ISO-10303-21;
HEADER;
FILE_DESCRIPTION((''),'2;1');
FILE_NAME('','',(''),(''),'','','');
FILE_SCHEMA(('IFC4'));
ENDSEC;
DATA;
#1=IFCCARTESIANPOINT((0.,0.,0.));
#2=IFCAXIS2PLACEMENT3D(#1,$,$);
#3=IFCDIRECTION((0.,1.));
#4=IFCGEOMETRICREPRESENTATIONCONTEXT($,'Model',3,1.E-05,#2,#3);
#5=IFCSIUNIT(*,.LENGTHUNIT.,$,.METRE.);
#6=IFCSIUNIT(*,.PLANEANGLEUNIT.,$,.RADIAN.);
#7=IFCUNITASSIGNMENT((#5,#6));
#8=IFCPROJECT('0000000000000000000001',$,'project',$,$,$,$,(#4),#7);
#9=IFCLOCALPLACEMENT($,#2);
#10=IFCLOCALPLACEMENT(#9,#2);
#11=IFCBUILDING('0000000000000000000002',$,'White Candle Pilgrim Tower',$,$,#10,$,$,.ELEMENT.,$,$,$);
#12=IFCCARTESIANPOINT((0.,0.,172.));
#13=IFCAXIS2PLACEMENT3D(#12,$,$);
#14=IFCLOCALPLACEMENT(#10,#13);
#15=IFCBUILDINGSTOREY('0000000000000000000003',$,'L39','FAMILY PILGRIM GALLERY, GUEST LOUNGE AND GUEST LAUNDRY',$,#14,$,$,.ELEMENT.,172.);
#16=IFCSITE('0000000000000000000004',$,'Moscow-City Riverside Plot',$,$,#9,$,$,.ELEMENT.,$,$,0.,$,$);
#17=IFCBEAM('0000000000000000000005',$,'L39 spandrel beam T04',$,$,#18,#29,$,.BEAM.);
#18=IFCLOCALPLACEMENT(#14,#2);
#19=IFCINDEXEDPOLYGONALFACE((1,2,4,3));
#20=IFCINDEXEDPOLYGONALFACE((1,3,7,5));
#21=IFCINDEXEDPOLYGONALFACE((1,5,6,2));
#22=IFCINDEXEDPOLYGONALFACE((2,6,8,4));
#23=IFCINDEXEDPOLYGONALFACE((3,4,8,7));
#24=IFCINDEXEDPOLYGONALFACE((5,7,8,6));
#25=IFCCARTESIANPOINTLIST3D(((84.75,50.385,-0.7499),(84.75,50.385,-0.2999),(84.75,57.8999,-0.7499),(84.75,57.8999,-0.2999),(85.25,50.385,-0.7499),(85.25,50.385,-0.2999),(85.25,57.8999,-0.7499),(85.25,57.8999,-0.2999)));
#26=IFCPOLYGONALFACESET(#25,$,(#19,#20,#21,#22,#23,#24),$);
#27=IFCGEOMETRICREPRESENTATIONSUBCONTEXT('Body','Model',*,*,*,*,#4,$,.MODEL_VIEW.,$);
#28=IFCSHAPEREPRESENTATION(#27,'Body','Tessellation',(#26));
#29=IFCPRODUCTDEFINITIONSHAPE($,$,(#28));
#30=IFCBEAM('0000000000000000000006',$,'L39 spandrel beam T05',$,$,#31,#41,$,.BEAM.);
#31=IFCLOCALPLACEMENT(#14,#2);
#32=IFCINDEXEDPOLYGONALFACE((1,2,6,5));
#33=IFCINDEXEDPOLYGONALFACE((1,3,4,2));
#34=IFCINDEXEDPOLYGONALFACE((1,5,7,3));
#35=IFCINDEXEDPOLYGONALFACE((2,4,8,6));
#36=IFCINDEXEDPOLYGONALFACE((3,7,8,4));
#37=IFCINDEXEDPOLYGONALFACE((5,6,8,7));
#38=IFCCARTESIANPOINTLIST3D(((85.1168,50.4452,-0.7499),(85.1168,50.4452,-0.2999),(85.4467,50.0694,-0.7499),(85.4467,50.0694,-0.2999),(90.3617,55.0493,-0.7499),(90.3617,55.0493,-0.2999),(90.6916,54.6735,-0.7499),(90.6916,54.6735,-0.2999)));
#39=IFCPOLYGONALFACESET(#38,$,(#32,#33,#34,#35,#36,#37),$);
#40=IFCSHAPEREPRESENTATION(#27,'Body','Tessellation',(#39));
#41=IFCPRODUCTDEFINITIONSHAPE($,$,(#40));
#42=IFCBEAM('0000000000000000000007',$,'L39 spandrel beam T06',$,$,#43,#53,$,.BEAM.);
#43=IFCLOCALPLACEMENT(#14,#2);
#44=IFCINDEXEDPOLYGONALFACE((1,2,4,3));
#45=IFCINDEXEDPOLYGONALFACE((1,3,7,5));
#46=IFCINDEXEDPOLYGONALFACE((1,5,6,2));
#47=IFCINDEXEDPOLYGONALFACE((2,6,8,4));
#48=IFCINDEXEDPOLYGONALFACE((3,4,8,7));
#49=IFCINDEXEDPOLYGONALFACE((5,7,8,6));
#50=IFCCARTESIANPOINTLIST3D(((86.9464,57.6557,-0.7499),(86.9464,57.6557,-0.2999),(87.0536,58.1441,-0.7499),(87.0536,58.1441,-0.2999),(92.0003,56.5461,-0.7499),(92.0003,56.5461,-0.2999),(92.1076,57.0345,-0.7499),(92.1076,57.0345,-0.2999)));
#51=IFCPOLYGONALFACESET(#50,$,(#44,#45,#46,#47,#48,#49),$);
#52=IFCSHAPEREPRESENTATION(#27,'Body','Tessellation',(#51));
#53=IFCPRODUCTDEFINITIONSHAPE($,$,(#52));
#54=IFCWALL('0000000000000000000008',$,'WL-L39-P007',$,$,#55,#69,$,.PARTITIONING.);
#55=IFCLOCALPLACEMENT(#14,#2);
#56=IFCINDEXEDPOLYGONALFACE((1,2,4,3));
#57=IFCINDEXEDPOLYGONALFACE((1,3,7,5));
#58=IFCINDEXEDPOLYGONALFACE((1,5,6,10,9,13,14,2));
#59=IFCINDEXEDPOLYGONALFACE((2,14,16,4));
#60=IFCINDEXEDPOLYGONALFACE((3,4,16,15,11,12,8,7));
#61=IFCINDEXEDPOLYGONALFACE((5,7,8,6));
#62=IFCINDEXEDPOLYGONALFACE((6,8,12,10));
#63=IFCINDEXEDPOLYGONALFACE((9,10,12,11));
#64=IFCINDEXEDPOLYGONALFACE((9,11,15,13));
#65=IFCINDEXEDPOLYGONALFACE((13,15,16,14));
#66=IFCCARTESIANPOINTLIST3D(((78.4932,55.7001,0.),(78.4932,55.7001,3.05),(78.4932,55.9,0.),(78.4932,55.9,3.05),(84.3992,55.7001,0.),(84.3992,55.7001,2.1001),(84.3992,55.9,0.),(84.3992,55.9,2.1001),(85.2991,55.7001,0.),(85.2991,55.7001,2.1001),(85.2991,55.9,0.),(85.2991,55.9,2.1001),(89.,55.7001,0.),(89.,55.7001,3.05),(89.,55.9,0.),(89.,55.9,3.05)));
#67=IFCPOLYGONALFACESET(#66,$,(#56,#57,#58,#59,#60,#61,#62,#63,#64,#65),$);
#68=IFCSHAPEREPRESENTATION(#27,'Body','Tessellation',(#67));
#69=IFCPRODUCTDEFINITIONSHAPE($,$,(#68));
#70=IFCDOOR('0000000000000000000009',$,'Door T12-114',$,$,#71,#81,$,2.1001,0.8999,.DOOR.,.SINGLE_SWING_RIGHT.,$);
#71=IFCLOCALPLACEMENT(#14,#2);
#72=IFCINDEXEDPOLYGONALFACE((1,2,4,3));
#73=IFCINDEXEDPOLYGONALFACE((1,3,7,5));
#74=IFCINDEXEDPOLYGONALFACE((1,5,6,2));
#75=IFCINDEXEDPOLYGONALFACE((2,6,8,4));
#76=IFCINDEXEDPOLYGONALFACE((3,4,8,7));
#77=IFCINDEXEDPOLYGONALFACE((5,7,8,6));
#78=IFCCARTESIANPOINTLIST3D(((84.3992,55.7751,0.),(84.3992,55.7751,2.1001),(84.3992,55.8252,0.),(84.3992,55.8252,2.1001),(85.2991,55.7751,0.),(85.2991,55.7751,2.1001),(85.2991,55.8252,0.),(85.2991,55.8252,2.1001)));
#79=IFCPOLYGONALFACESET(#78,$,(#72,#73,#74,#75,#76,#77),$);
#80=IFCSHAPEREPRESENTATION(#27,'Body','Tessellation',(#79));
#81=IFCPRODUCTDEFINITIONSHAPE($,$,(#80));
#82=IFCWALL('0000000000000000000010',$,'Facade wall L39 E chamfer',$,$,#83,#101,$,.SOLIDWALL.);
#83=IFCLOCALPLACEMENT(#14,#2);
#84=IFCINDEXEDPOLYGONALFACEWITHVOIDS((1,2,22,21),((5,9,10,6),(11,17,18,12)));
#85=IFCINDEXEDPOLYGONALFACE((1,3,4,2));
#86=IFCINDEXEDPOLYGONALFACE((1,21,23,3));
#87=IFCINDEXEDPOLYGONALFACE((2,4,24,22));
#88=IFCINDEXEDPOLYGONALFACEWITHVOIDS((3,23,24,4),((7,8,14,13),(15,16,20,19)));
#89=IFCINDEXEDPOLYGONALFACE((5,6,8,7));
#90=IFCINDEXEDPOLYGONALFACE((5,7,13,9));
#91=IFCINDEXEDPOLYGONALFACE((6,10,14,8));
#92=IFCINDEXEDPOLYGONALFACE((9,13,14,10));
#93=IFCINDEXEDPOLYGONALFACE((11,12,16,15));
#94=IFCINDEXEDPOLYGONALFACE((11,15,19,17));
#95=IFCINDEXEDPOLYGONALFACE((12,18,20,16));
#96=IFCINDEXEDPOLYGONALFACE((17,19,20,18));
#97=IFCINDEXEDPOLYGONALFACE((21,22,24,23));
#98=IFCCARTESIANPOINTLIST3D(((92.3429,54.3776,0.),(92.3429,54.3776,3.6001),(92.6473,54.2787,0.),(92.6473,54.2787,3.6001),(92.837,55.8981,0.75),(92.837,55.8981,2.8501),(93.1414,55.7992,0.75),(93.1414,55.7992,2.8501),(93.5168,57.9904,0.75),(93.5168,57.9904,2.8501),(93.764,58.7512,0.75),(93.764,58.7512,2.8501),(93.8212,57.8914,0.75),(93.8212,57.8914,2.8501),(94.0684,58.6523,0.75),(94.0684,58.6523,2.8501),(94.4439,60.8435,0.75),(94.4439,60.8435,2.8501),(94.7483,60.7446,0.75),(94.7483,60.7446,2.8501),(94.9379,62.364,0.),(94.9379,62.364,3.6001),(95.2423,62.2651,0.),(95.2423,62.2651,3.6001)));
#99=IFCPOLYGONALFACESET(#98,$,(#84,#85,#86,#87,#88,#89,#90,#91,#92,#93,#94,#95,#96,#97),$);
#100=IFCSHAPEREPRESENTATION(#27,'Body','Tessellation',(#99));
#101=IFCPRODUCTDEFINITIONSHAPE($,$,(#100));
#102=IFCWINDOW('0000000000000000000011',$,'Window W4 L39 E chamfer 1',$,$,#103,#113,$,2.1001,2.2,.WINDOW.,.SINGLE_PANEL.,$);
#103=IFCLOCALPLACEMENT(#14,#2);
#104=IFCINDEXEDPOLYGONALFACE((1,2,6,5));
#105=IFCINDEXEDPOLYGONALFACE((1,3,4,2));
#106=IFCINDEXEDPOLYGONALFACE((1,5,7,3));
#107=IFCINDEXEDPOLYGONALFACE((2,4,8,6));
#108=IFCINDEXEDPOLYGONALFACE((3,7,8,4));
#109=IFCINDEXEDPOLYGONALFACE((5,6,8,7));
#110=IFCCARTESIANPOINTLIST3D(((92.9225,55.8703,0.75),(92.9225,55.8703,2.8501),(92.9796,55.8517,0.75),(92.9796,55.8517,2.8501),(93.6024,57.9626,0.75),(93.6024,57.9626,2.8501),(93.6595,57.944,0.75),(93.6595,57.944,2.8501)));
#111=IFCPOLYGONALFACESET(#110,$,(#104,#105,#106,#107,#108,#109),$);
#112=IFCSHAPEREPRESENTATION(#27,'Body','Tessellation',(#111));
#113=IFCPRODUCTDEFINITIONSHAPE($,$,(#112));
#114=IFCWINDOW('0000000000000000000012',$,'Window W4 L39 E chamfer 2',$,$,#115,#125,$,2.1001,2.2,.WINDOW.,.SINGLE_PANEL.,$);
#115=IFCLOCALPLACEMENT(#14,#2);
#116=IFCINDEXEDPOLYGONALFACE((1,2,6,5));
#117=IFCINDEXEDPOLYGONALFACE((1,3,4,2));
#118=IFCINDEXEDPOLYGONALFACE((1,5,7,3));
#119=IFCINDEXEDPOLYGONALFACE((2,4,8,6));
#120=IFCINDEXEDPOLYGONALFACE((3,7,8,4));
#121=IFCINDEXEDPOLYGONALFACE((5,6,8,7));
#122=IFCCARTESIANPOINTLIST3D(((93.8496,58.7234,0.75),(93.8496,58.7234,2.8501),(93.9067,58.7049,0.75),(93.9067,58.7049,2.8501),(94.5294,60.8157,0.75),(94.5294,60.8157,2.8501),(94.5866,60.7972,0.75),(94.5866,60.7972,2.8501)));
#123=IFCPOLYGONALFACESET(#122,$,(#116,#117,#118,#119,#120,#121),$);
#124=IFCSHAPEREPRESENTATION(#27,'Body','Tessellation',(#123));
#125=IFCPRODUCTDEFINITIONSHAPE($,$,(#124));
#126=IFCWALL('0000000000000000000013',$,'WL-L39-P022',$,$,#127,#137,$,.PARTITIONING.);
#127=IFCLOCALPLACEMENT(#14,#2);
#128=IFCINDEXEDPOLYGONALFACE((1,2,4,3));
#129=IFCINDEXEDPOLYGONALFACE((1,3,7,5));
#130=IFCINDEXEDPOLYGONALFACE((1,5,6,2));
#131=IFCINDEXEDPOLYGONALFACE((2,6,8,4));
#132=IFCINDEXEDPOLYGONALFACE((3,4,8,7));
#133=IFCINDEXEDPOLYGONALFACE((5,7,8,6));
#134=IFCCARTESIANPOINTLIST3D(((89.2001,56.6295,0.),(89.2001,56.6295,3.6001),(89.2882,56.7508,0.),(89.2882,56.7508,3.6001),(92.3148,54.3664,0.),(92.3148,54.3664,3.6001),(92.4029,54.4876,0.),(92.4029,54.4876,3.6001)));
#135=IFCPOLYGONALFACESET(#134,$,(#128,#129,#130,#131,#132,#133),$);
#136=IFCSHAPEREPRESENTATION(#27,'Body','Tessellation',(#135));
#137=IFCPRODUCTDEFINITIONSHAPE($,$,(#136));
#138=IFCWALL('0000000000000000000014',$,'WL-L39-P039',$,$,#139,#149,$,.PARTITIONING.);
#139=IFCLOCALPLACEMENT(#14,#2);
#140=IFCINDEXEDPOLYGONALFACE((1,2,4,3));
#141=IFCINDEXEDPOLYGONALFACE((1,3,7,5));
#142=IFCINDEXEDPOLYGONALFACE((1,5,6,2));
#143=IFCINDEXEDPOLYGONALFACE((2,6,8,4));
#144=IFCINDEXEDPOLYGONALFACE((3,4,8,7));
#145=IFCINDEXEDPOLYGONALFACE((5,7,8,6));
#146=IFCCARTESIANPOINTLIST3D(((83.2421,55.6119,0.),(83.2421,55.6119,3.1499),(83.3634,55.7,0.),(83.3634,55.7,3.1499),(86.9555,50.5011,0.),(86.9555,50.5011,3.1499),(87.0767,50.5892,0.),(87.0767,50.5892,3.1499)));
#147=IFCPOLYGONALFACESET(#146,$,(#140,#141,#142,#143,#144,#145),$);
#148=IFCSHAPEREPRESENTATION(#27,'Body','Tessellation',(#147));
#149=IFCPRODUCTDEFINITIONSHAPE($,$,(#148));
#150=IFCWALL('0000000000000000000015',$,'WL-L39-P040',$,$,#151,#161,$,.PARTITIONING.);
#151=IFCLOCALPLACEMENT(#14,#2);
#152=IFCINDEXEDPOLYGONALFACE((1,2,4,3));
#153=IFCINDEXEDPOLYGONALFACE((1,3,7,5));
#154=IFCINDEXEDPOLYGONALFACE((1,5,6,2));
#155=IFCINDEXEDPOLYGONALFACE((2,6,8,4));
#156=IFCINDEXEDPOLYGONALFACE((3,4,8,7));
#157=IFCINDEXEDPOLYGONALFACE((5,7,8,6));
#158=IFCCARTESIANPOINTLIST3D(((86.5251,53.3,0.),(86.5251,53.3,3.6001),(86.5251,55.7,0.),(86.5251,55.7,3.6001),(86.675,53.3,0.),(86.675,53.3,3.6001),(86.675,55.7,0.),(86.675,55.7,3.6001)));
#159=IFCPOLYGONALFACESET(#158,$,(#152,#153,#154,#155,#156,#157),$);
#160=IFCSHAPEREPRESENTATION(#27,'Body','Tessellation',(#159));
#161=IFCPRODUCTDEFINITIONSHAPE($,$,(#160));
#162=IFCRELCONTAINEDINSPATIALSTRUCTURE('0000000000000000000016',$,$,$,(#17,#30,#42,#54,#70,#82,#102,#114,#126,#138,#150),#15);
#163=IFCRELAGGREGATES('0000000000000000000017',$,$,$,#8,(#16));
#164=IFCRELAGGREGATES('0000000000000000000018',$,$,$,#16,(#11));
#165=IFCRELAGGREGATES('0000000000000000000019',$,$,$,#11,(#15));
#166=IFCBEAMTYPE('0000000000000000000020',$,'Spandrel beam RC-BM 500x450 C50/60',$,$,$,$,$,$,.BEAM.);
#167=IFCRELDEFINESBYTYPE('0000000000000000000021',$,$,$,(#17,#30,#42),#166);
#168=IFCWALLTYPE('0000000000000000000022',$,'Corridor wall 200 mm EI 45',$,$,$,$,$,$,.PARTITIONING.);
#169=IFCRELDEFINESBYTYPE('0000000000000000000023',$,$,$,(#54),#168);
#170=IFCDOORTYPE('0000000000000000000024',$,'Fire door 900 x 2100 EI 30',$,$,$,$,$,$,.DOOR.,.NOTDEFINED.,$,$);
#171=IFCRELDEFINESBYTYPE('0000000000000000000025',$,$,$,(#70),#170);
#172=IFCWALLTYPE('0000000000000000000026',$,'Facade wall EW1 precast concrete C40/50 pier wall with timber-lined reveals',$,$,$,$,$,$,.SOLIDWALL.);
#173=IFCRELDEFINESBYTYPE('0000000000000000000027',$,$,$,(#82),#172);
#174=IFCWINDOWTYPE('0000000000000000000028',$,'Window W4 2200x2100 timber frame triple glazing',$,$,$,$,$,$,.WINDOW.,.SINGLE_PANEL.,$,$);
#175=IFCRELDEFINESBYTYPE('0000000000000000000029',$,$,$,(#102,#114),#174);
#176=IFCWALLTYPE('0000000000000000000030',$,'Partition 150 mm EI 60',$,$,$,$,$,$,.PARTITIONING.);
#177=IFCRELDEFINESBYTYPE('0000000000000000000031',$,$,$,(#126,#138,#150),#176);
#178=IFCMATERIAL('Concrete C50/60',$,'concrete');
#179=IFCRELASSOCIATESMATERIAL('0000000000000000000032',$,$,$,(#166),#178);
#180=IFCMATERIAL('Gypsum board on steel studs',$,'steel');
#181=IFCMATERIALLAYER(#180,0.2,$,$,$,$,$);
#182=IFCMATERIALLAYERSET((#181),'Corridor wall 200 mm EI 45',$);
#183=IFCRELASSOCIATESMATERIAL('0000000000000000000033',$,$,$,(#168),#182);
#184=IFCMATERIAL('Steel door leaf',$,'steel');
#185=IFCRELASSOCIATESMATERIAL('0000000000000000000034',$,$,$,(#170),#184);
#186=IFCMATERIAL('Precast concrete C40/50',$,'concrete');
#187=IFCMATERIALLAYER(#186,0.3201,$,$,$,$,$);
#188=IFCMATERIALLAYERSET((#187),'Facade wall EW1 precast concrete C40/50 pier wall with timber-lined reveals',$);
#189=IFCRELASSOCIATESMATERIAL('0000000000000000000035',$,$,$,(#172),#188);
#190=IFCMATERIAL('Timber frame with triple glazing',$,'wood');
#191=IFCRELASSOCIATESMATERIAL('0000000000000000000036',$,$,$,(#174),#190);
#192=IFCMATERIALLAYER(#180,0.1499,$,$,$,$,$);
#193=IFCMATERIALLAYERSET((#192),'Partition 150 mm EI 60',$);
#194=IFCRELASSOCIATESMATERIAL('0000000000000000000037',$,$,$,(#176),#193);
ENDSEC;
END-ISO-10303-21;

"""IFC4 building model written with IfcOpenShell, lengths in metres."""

from ifc_helpers import new_model, si_unit, direction, frame, frame_2d, origin, origin_2d, place, context, subcontext, project, spatial, rectangle, extrude, material, layer, layer_set, material_profile, profile_set, type_object, element, fill, save


model = new_model("IFC4")

# Units and contexts
model_context = context("Model", 3, precision=1e-05, world=origin(), true_north=direction((0.0, 1.0)))
body_context = subcontext(model_context, "Body", "Model", "MODEL_VIEW")
ifc_project = project(units=[si_unit("LENGTHUNIT", "METRE"), si_unit("PLANEANGLEUNIT", "RADIAN")], contexts=[model_context])

# Site, building, storey
site_placement = place(None, origin())
site = spatial("IfcSite", under=ifc_project, at=site_placement, Name="Moscow-City Riverside Plot", CompositionType="ELEMENT", RefElevation=0.0)
building_placement = place(site_placement, origin())
building = spatial("IfcBuilding", under=site, at=building_placement, Name="White Candle Pilgrim Tower", CompositionType="ELEMENT")
storey_placement = place(building_placement, frame((0.0, 0.0, 172.0)))
storey = spatial("IfcBuildingStorey", under=building, at=storey_placement, Name="L39", Description="FAMILY PILGRIM GALLERY, GUEST LOUNGE AND GUEST LAUNDRY", CompositionType="ELEMENT", Elevation=172.0)

# Beams
ifc_material_1 = material(Name="Concrete C50/60", Category="concrete")
ifc_material_profile_1 = material_profile(ifc_material_1, rectangle(XDim=0.5, YDim=0.45, at=origin_2d()), Name="RC-BM 500x450")
ifc_profile_set_1 = profile_set([ifc_material_profile_1], Name="Concrete C50/60")
beam_type = type_object("IfcBeamType", Name="Spandrel beam RC-BM 500x450 C50/60", PredefinedType="BEAM", material=ifc_profile_set_1)
beam_1_placement = place(storey_placement, frame((85.0, 50.385, -0.5249), z_axis=(0.0, 1.0, 0.0), x_axis=(-1.0, 0.0, 0.0)))
element("IfcBeam", 1, at=beam_1_placement, inside=storey, type_object=beam_type, Name="L39 spandrel beam T04", PredefinedType="BEAM", context=body_context, shape_type="SweptSolid", body=[
    extrude(rectangle(XDim=0.5, YDim=0.45, at=origin_2d()), origin(), (0.0, 0.0, 1.0), 7.5149),
])
beam_2_placement = place(storey_placement, frame((85.2817, 50.2573, -0.5249), z_axis=(0.751529, 0.6597, 0.0), x_axis=(-0.6597, 0.751529, 0.0)))
element("IfcBeam", 2, at=beam_2_placement, inside=storey, type_object=beam_type, Name="L39 spandrel beam T05", PredefinedType="BEAM", context=body_context, shape_type="SweptSolid", body=[
    extrude(rectangle(XDim=0.5, YDim=0.45, at=origin_2d()), origin(), (0.0, 0.0, 1.0), 6.979),
])
beam_3_placement = place(storey_placement, frame((92.054, 56.7903, -0.5249), z_axis=(-0.976736, 0.214447, 0.0), x_axis=(-0.214447, -0.976736, 0.0)))
element("IfcBeam", 3, at=beam_3_placement, inside=storey, type_object=beam_type, Name="L39 spandrel beam T06", PredefinedType="BEAM", context=body_context, shape_type="SweptSolid", body=[
    extrude(rectangle(XDim=0.5, YDim=0.45, at=origin_2d()), origin(), (0.0, 0.0, 1.0), 5.1743),
])

# Wall, opening, door
ifc_material_2 = material(Name="Gypsum board on steel studs", Category="steel")
ifc_layer_1 = layer(ifc_material_2, 0.2)
ifc_layer_set_1 = layer_set([ifc_layer_1], Name="Corridor wall 200 mm EI 45")
wall_type_1 = type_object("IfcWallType", Name="Corridor wall 200 mm EI 45", PredefinedType="PARTITIONING", material=ifc_layer_set_1)
wall_1_placement = place(storey_placement, frame((89.0, 55.8, 0.0), z_axis=(0.0, 0.0, 1.0), x_axis=(-1.0, 0.0, 0.0)))
wall_1 = element("IfcWall", 4, at=wall_1_placement, inside=storey, type_object=wall_type_1, Name="WL-L39-P007", PredefinedType="PARTITIONING", context=body_context, shape_type="SweptSolid", body=[
    extrude(rectangle(XDim=10.5068, YDim=0.2, at=frame_2d((5.2534, 0.0))), origin(), (0.0, 0.0, 1.0), 3.05),
])
opening_1_placement = place(wall_1_placement, frame((3.7009, 0.0, 0.0)))
opening_1 = element("IfcOpeningElement", 5, at=opening_1_placement, cuts=wall_1, PredefinedType="OPENING", context=body_context, shape_type="SweptSolid", body=[
    extrude(rectangle(XDim=0.8999, YDim=2.1001, at=frame_2d((0.45, 1.05))), frame((0.0, 0.1099, 0.0), z_axis=(0.0, -1.0, 0.0), x_axis=(1.0, 0.0, 0.0)), (0.0, 0.0, 1.0), 0.22),
])
ifc_material_3 = material(Name="Steel door leaf", Category="steel")
door_type_1 = type_object("IfcDoorType", Name="Fire door 900 x 2100 EI 30", OperationType="NOTDEFINED", PredefinedType="DOOR", material=ifc_material_3)
door_1_placement = place(opening_1_placement, origin())
door_1 = element("IfcDoor", 6, at=door_1_placement, inside=storey, type_object=door_type_1, Name="Door T12-114", OperationType="SINGLE_SWING_RIGHT", OverallHeight=2.1001, OverallWidth=0.8999, PredefinedType="DOOR", context=body_context, shape_type="SweptSolid", body=[
    extrude(rectangle(XDim=0.8999, YDim=2.1001, at=frame_2d((0.45, 1.05))), frame((0.0, 0.0249, 0.0), z_axis=(0.0, -1.0, 0.0), x_axis=(1.0, 0.0, 0.0)), (0.0, 0.0, 1.0), 0.05),
])
fill(opening_1, door_1)

# Wall, openings, windows
ifc_material_4 = material(Name="Precast concrete C40/50", Category="concrete")
ifc_layer_2 = layer(ifc_material_4, 0.3201)
ifc_layer_set_2 = layer_set([ifc_layer_2], Name="Facade wall EW1 precast concrete C40/50 pier wall with timber-lined reveals")
wall_type_2 = type_object("IfcWallType", Name="Facade wall EW1 precast concrete C40/50 pier wall with timber-lined reveals", PredefinedType="SOLIDWALL", material=ifc_layer_set_2)
wall_2_placement = place(storey_placement, frame((92.4951, 54.3281, 0.0), z_axis=(0.0, 0.0, 1.0), x_axis=(0.309023, 0.951055, 0.0)))
wall_2 = element("IfcWall", 7, at=wall_2_placement, inside=storey, type_object=wall_type_2, Name="Facade wall L39 E chamfer", PredefinedType="SOLIDWALL", context=body_context, shape_type="SweptSolid", body=[
    extrude(rectangle(XDim=8.3975, YDim=0.3201, at=frame_2d((4.1987, 0.0))), origin(), (0.0, 0.0, 1.0), 3.6001),
])
opening_2_placement = place(wall_2_placement, frame((1.5986, 0.0, 0.75)))
opening_2 = element("IfcOpeningElement", 8, at=opening_2_placement, cuts=wall_2, PredefinedType="OPENING", context=body_context, shape_type="SweptSolid", body=[
    extrude(rectangle(XDim=2.2, YDim=2.1001, at=frame_2d((1.1001, 1.05))), frame((0.0, 0.1699, 0.0), z_axis=(0.0, -1.0, 0.0), x_axis=(1.0, 0.0, 0.0)), (0.0, 0.0, 1.0), 0.3401),
])
opening_3_placement = place(wall_2_placement, frame((4.5986, 0.0, 0.75)))
opening_3 = element("IfcOpeningElement", 9, at=opening_3_placement, cuts=wall_2, PredefinedType="OPENING", context=body_context, shape_type="SweptSolid", body=[
    extrude(rectangle(XDim=2.2, YDim=2.1001, at=frame_2d((1.1001, 1.05))), frame((0.0, 0.1699, 0.0), z_axis=(0.0, -1.0, 0.0), x_axis=(1.0, 0.0, 0.0)), (0.0, 0.0, 1.0), 0.3401),
])
ifc_material_5 = material(Name="Timber frame with triple glazing", Category="wood")
window_type = type_object("IfcWindowType", Name="Window W4 2200x2100 timber frame triple glazing", PartitioningType="SINGLE_PANEL", PredefinedType="WINDOW", material=ifc_material_5)
window_1_placement = place(opening_2_placement, origin())
window_1 = element("IfcWindow", 10, at=window_1_placement, inside=storey, type_object=window_type, Name="Window W4 L39 E chamfer 1", OverallHeight=2.1001, OverallWidth=2.2, PartitioningType="SINGLE_PANEL", PredefinedType="WINDOW", context=body_context, shape_type="SweptSolid", body=[
    extrude(rectangle(XDim=2.2, YDim=2.1001, at=frame_2d((1.1001, 1.05))), frame((0.0, 0.0701, 0.0), z_axis=(0.0, -1.0, 0.0), x_axis=(1.0, 0.0, 0.0)), (0.0, 0.0, 1.0), 0.0601),
])
fill(opening_2, window_1)
window_2_placement = place(opening_3_placement, origin())
window_2 = element("IfcWindow", 11, at=window_2_placement, inside=storey, type_object=window_type, Name="Window W4 L39 E chamfer 2", OverallHeight=2.1001, OverallWidth=2.2, PartitioningType="SINGLE_PANEL", PredefinedType="WINDOW", context=body_context, shape_type="SweptSolid", body=[
    extrude(rectangle(XDim=2.2, YDim=2.1001, at=frame_2d((1.1001, 1.05))), frame((0.0, 0.0701, 0.0), z_axis=(0.0, -1.0, 0.0), x_axis=(1.0, 0.0, 0.0)), (0.0, 0.0, 1.0), 0.0601),
])
fill(opening_3, window_2)

# Walls
ifc_layer_3 = layer(ifc_material_2, 0.1499)
ifc_layer_set_3 = layer_set([ifc_layer_3], Name="Partition 150 mm EI 60")
wall_type_3 = type_object("IfcWallType", Name="Partition 150 mm EI 60", PredefinedType="PARTITIONING", material=ifc_layer_set_3)
wall_3_placement = place(storey_placement, frame((92.3589, 54.427, 0.0), z_axis=(0.0, 0.0, 1.0), x_axis=(-0.808994, 0.587817, 0.0)))
element("IfcWall", 12, at=wall_3_placement, inside=storey, type_object=wall_type_3, Name="WL-L39-P022", PredefinedType="PARTITIONING", context=body_context, shape_type="SweptSolid", body=[
    extrude(rectangle(XDim=3.8501, YDim=0.1499, at=frame_2d((1.925, 0.0))), origin(), (0.0, 0.0, 1.0), 3.6001),
])
wall_4_placement = place(storey_placement, frame((87.0161, 50.5452, 0.0), z_axis=(0.0, 0.0, 1.0), x_axis=(-0.587799, 0.809007, 0.0)))
element("IfcWall", 13, at=wall_4_placement, inside=storey, type_object=wall_type_3, Name="WL-L39-P039", PredefinedType="PARTITIONING", context=body_context, shape_type="SweptSolid", body=[
    extrude(rectangle(XDim=6.3174, YDim=0.1499, at=frame_2d((3.1587, 0.0))), origin(), (0.0, 0.0, 1.0), 3.1499),
])
wall_5_placement = place(storey_placement, frame((86.6001, 55.7, 0.0), z_axis=(0.0, 0.0, 1.0), x_axis=(0.0, -1.0, 0.0)))
element("IfcWall", 14, at=wall_5_placement, inside=storey, type_object=wall_type_3, Name="WL-L39-P040", PredefinedType="PARTITIONING", context=body_context, shape_type="SweptSolid", body=[
    extrude(rectangle(XDim=2.3999, YDim=0.1499, at=frame_2d((1.2, 0.0))), origin(), (0.0, 0.0, 1.0), 3.6001),
])

save(model, "model.ifc")
